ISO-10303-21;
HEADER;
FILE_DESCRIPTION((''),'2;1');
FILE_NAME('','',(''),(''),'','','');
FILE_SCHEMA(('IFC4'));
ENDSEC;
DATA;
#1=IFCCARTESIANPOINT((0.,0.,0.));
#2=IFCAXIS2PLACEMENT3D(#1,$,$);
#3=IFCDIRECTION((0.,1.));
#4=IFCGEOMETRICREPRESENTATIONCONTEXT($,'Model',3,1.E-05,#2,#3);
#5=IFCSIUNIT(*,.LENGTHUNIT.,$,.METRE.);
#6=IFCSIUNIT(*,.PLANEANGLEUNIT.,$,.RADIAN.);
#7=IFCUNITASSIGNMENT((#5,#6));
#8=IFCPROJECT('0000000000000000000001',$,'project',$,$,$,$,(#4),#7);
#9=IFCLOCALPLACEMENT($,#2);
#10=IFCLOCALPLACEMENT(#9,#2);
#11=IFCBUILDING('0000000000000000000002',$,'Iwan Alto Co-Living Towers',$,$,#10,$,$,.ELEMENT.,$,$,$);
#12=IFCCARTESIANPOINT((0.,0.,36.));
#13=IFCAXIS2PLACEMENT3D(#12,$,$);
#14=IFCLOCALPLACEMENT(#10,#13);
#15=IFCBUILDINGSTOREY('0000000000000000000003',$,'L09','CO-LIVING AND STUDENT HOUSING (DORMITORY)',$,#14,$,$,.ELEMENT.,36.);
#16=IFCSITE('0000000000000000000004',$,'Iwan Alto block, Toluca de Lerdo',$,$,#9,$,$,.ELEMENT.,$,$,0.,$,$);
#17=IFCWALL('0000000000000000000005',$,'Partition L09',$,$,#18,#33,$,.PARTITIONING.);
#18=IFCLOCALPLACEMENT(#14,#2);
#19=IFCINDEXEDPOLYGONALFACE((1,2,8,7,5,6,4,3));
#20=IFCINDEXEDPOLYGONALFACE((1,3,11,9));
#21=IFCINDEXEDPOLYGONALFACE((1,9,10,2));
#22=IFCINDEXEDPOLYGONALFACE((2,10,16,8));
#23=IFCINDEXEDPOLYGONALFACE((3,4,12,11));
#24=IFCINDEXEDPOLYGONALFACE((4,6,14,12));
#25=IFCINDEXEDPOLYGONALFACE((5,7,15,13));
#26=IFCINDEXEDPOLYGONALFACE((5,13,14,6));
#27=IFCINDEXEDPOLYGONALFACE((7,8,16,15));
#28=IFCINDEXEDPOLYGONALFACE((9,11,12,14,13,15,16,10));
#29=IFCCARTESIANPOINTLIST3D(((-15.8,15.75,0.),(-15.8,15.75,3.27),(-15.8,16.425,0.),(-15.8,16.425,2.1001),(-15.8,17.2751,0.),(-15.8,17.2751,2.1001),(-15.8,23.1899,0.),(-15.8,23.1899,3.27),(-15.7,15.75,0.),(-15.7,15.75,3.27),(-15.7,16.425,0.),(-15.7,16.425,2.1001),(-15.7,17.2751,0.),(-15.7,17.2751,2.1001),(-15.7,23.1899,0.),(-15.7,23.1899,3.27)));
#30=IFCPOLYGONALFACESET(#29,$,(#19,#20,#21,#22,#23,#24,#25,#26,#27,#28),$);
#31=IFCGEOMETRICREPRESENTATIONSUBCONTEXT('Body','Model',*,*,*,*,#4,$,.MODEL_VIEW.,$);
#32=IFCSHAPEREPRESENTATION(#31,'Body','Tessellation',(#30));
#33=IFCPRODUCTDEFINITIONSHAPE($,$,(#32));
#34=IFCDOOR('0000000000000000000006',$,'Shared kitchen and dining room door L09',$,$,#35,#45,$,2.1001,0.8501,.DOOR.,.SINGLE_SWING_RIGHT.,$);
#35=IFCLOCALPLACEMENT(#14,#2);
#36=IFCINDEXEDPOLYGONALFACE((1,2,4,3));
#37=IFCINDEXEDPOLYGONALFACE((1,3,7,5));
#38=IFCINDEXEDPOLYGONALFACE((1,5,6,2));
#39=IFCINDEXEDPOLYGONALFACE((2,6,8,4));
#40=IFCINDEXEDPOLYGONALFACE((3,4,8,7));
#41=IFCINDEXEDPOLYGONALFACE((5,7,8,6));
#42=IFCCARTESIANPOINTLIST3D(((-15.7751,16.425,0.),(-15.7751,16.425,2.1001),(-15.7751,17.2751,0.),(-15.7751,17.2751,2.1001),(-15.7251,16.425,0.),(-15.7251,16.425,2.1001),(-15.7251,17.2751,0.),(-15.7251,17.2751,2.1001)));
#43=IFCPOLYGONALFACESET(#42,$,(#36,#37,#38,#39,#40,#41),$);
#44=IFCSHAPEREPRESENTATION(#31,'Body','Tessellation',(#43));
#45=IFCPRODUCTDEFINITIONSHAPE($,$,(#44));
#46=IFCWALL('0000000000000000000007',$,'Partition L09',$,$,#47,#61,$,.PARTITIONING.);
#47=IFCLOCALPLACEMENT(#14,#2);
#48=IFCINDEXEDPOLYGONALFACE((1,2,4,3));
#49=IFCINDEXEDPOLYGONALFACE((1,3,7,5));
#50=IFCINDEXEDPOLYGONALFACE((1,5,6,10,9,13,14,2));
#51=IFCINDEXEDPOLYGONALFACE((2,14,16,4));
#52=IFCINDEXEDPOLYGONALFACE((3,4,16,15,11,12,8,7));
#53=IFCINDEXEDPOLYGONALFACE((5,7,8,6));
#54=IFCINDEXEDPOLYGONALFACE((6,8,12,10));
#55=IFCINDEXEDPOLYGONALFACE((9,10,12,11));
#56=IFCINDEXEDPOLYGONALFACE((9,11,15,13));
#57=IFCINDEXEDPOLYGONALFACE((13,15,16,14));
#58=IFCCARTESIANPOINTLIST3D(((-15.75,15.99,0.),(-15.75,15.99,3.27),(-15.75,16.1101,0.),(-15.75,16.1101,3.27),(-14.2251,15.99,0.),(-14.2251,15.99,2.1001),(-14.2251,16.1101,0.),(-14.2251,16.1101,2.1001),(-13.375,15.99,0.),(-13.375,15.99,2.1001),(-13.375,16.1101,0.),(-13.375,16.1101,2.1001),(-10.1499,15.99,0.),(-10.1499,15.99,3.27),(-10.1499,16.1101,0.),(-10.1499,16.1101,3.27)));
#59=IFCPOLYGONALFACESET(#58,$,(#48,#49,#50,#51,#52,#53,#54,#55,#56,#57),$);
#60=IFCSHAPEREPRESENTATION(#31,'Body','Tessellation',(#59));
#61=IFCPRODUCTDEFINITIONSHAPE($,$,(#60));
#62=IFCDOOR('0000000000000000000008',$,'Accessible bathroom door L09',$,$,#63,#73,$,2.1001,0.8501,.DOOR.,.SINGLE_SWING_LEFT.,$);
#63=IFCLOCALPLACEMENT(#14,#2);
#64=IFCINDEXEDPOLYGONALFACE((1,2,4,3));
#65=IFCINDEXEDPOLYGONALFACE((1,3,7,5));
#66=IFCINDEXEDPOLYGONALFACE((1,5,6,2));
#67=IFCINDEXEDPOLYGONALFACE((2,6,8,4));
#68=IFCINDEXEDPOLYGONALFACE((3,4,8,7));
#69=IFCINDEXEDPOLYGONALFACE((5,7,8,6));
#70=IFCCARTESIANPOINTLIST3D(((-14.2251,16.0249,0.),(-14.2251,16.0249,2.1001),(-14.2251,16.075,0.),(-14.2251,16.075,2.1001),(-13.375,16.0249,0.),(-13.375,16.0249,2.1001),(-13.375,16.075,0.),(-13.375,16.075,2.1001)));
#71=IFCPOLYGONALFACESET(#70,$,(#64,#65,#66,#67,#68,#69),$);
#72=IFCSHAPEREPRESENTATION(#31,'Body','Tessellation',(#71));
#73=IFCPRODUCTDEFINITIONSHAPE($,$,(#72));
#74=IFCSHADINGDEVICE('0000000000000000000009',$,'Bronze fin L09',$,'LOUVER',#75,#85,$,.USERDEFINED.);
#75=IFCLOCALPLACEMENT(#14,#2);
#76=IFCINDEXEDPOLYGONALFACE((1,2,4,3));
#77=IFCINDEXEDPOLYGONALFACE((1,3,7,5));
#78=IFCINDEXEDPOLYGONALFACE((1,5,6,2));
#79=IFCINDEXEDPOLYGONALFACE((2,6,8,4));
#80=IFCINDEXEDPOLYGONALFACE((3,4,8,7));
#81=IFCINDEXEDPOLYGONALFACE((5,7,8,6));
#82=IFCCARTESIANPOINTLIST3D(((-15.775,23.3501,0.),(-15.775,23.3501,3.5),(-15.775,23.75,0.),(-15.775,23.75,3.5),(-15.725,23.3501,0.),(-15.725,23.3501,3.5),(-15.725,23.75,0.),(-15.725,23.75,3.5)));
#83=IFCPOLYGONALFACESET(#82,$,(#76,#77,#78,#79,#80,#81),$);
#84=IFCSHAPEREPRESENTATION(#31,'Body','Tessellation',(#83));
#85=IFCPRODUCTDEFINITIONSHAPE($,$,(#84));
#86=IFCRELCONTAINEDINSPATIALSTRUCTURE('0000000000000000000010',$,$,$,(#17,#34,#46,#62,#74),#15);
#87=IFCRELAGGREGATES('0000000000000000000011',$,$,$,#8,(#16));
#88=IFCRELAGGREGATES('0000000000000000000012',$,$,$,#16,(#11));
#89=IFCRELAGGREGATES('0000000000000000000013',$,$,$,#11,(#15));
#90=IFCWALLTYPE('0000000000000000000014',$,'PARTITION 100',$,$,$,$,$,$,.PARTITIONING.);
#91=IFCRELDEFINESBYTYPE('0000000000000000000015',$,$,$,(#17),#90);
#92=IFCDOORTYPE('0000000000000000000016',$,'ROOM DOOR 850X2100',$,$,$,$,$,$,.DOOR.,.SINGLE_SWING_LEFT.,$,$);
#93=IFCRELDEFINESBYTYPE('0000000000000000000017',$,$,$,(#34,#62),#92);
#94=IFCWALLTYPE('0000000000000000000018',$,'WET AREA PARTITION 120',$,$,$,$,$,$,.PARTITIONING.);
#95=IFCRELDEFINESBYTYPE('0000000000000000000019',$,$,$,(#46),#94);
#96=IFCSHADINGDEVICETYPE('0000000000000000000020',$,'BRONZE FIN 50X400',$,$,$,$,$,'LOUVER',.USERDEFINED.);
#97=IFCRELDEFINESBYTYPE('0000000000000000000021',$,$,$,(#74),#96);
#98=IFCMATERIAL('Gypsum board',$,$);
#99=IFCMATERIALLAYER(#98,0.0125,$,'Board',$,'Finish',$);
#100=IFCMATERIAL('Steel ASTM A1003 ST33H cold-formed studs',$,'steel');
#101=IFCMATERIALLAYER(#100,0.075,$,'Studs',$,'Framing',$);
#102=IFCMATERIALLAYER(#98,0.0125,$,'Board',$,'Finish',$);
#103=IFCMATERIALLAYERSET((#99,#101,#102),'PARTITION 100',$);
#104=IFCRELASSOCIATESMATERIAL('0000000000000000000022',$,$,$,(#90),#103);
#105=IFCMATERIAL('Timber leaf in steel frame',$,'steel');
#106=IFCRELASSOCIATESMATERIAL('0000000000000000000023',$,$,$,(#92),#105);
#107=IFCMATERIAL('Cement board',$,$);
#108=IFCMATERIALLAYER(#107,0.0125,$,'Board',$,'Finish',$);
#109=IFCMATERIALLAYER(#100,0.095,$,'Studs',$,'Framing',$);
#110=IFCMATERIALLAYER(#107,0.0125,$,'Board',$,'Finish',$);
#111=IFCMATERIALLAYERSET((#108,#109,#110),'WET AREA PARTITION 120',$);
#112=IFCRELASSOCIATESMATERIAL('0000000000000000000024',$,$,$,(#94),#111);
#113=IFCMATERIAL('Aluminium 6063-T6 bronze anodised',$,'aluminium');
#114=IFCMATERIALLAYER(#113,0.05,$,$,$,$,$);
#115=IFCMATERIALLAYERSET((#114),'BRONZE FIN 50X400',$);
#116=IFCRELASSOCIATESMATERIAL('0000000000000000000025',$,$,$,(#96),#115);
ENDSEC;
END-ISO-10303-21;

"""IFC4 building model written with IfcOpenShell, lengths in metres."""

from ifc_helpers import new_model, si_unit, direction, frame, frame_2d, origin, origin_2d, place, context, subcontext, project, spatial, rectangle, extrude, material, layer, layer_set, type_object, element, fill, save


model = new_model("IFC4")

# Units and contexts
model_context = context("Model", 3, precision=1e-05, world=origin(), true_north=direction((0.0, 1.0)))
body_context = subcontext(model_context, "Body", "Model", "MODEL_VIEW")
ifc_project = project(units=[si_unit("LENGTHUNIT", "METRE"), si_unit("PLANEANGLEUNIT", "RADIAN")], contexts=[model_context])

# Site, building, storey
site_placement = place(None, origin())
site = spatial("IfcSite", under=ifc_project, at=site_placement, Name="Iwan Alto block, Toluca de Lerdo", CompositionType="ELEMENT", RefElevation=0.0)
building_placement = place(site_placement, origin())
building = spatial("IfcBuilding", under=site, at=building_placement, Name="Iwan Alto Co-Living Towers", CompositionType="ELEMENT")
storey_placement = place(building_placement, frame((0.0, 0.0, 36.0)))
storey = spatial("IfcBuildingStorey", under=building, at=storey_placement, Name="L09", Description="CO-LIVING AND STUDENT HOUSING (DORMITORY)", CompositionType="ELEMENT", Elevation=36.0)

# Shared definitions
ifc_material_1 = material(Name="Gypsum board")
ifc_layer_1 = layer(ifc_material_1, 0.0125, Name="Board", Category="Finish")
ifc_material_2 = material(Name="Steel ASTM A1003 ST33H cold-formed studs", Category="steel")
ifc_layer_2 = layer(ifc_material_2, 0.075, Name="Studs", Category="Framing")
ifc_layer_3 = layer(ifc_material_1, 0.0125, Name="Board", Category="Finish")
ifc_layer_set_1 = layer_set([ifc_layer_1, ifc_layer_2, ifc_layer_3], Name="PARTITION 100")
wall_type_1 = type_object("IfcWallType", Name="PARTITION 100", PredefinedType="PARTITIONING", material=ifc_layer_set_1)

# Walls, openings, doors
wall_1_placement = place(storey_placement, frame((-15.75, 15.75, 0.0), z_axis=(0.0, 0.0, 1.0), x_axis=(0.0, 1.0, 0.0)))
wall_1 = element("IfcWall", 1, at=wall_1_placement, inside=storey, type_object=wall_type_1, Name="Partition L09", PredefinedType="PARTITIONING", context=body_context, shape_type="SweptSolid", body=[
    extrude(rectangle(XDim=7.4399, YDim=0.1001, at=frame_2d((3.72, 0.0))), origin(), (0.0, 0.0, 1.0), 3.27),
])
opening_1_placement = place(wall_1_placement, frame((0.675, 0.0, 0.0)))
opening_1 = element("IfcOpeningElement", 2, at=opening_1_placement, cuts=wall_1, PredefinedType="OPENING", context=body_context, shape_type="SweptSolid", body=[
    extrude(rectangle(XDim=0.8501, YDim=2.1001, at=frame_2d((0.425, 1.05))), frame((0.0, 0.0601, 0.0), z_axis=(0.0, -1.0, 0.0), x_axis=(1.0, 0.0, 0.0)), (0.0, 0.0, 1.0), 0.1201),
])
ifc_material_3 = material(Name="Timber leaf in steel frame", Category="steel")
door_type_1 = type_object("IfcDoorType", Name="ROOM DOOR 850X2100", OperationType="SINGLE_SWING_LEFT", PredefinedType="DOOR", material=ifc_material_3)
door_1_placement = place(opening_1_placement, frame((0.8501, 0.0, 0.0), z_axis=(0.0, 0.0, 1.0), x_axis=(-1.0, 0.0, 0.0)))
door_1 = element("IfcDoor", 3, at=door_1_placement, inside=storey, type_object=door_type_1, Name="Shared kitchen and dining room door L09", OperationType="SINGLE_SWING_RIGHT", OverallHeight=2.1001, OverallWidth=0.8501, PredefinedType="DOOR", context=body_context, shape_type="SweptSolid", body=[
    extrude(rectangle(XDim=0.8501, YDim=2.1001, at=frame_2d((0.425, 1.05))), frame((0.0, 0.0249, 0.0), z_axis=(0.0, -1.0, 0.0), x_axis=(1.0, 0.0, 0.0)), (0.0, 0.0, 1.0), 0.05),
])
fill(opening_1, door_1)
ifc_material_4 = material(Name="Cement board")
ifc_layer_4 = layer(ifc_material_4, 0.0125, Name="Board", Category="Finish")
ifc_layer_5 = layer(ifc_material_2, 0.095, Name="Studs", Category="Framing")
ifc_layer_6 = layer(ifc_material_4, 0.0125, Name="Board", Category="Finish")
ifc_layer_set_2 = layer_set([ifc_layer_4, ifc_layer_5, ifc_layer_6], Name="WET AREA PARTITION 120")
wall_type_2 = type_object("IfcWallType", Name="WET AREA PARTITION 120", PredefinedType="PARTITIONING", material=ifc_layer_set_2)
wall_2_placement = place(storey_placement, frame((-15.75, 16.05, 0.0), z_axis=(0.0, 0.0, 1.0), x_axis=(1.0, 0.0, 0.0)))
wall_2 = element("IfcWall", 4, at=wall_2_placement, inside=storey, type_object=wall_type_2, Name="Partition L09", PredefinedType="PARTITIONING", context=body_context, shape_type="SweptSolid", body=[
    extrude(rectangle(XDim=5.6001, YDim=0.1201, at=frame_2d((2.8, 0.0))), origin(), (0.0, 0.0, 1.0), 3.27),
])
opening_2_placement = place(wall_2_placement, frame((1.5249, 0.0, 0.0)))
opening_2 = element("IfcOpeningElement", 5, at=opening_2_placement, cuts=wall_2, PredefinedType="OPENING", context=body_context, shape_type="SweptSolid", body=[
    extrude(rectangle(XDim=0.8501, YDim=2.1001, at=frame_2d((0.425, 1.05))), frame((0.0, 0.0701, 0.0), z_axis=(0.0, -1.0, 0.0), x_axis=(1.0, 0.0, 0.0)), (0.0, 0.0, 1.0), 0.1401),
])
door_2_placement = place(opening_2_placement, origin())
door_2 = element("IfcDoor", 6, at=door_2_placement, inside=storey, type_object=door_type_1, Name="Accessible bathroom door L09", OperationType="SINGLE_SWING_LEFT", OverallHeight=2.1001, OverallWidth=0.8501, PredefinedType="DOOR", context=body_context, shape_type="SweptSolid", body=[
    extrude(rectangle(XDim=0.8501, YDim=2.1001, at=frame_2d((0.425, 1.05))), frame((0.0, 0.0249, 0.0), z_axis=(0.0, -1.0, 0.0), x_axis=(1.0, 0.0, 0.0)), (0.0, 0.0, 1.0), 0.05),
])
fill(opening_2, door_2)

# Shading device
ifc_material_5 = material(Name="Aluminium 6063-T6 bronze anodised", Category="aluminium")
ifc_layer_7 = layer(ifc_material_5, 0.05)
ifc_layer_set_3 = layer_set([ifc_layer_7], Name="BRONZE FIN 50X400")
shading_device_type = type_object("IfcShadingDeviceType", Name="BRONZE FIN 50X400", ElementType="LOUVER", PredefinedType="USERDEFINED", material=ifc_layer_set_3)
shading_device_placement = place(storey_placement, frame((-15.75, 23.55, 0.0), z_axis=(0.0, 0.0, 1.0), x_axis=(-1.0, 0.0, 0.0)))
element("IfcShadingDevice", 7, at=shading_device_placement, inside=storey, type_object=shading_device_type, Name="Bronze fin L09", ObjectType="LOUVER", PredefinedType="USERDEFINED", context=body_context, shape_type="SweptSolid", body=[
    extrude(rectangle(XDim=0.05, YDim=0.3999, at=origin_2d()), origin(), (0.0, 0.0, 1.0), 3.5),
])

save(model, "model.ifc")
